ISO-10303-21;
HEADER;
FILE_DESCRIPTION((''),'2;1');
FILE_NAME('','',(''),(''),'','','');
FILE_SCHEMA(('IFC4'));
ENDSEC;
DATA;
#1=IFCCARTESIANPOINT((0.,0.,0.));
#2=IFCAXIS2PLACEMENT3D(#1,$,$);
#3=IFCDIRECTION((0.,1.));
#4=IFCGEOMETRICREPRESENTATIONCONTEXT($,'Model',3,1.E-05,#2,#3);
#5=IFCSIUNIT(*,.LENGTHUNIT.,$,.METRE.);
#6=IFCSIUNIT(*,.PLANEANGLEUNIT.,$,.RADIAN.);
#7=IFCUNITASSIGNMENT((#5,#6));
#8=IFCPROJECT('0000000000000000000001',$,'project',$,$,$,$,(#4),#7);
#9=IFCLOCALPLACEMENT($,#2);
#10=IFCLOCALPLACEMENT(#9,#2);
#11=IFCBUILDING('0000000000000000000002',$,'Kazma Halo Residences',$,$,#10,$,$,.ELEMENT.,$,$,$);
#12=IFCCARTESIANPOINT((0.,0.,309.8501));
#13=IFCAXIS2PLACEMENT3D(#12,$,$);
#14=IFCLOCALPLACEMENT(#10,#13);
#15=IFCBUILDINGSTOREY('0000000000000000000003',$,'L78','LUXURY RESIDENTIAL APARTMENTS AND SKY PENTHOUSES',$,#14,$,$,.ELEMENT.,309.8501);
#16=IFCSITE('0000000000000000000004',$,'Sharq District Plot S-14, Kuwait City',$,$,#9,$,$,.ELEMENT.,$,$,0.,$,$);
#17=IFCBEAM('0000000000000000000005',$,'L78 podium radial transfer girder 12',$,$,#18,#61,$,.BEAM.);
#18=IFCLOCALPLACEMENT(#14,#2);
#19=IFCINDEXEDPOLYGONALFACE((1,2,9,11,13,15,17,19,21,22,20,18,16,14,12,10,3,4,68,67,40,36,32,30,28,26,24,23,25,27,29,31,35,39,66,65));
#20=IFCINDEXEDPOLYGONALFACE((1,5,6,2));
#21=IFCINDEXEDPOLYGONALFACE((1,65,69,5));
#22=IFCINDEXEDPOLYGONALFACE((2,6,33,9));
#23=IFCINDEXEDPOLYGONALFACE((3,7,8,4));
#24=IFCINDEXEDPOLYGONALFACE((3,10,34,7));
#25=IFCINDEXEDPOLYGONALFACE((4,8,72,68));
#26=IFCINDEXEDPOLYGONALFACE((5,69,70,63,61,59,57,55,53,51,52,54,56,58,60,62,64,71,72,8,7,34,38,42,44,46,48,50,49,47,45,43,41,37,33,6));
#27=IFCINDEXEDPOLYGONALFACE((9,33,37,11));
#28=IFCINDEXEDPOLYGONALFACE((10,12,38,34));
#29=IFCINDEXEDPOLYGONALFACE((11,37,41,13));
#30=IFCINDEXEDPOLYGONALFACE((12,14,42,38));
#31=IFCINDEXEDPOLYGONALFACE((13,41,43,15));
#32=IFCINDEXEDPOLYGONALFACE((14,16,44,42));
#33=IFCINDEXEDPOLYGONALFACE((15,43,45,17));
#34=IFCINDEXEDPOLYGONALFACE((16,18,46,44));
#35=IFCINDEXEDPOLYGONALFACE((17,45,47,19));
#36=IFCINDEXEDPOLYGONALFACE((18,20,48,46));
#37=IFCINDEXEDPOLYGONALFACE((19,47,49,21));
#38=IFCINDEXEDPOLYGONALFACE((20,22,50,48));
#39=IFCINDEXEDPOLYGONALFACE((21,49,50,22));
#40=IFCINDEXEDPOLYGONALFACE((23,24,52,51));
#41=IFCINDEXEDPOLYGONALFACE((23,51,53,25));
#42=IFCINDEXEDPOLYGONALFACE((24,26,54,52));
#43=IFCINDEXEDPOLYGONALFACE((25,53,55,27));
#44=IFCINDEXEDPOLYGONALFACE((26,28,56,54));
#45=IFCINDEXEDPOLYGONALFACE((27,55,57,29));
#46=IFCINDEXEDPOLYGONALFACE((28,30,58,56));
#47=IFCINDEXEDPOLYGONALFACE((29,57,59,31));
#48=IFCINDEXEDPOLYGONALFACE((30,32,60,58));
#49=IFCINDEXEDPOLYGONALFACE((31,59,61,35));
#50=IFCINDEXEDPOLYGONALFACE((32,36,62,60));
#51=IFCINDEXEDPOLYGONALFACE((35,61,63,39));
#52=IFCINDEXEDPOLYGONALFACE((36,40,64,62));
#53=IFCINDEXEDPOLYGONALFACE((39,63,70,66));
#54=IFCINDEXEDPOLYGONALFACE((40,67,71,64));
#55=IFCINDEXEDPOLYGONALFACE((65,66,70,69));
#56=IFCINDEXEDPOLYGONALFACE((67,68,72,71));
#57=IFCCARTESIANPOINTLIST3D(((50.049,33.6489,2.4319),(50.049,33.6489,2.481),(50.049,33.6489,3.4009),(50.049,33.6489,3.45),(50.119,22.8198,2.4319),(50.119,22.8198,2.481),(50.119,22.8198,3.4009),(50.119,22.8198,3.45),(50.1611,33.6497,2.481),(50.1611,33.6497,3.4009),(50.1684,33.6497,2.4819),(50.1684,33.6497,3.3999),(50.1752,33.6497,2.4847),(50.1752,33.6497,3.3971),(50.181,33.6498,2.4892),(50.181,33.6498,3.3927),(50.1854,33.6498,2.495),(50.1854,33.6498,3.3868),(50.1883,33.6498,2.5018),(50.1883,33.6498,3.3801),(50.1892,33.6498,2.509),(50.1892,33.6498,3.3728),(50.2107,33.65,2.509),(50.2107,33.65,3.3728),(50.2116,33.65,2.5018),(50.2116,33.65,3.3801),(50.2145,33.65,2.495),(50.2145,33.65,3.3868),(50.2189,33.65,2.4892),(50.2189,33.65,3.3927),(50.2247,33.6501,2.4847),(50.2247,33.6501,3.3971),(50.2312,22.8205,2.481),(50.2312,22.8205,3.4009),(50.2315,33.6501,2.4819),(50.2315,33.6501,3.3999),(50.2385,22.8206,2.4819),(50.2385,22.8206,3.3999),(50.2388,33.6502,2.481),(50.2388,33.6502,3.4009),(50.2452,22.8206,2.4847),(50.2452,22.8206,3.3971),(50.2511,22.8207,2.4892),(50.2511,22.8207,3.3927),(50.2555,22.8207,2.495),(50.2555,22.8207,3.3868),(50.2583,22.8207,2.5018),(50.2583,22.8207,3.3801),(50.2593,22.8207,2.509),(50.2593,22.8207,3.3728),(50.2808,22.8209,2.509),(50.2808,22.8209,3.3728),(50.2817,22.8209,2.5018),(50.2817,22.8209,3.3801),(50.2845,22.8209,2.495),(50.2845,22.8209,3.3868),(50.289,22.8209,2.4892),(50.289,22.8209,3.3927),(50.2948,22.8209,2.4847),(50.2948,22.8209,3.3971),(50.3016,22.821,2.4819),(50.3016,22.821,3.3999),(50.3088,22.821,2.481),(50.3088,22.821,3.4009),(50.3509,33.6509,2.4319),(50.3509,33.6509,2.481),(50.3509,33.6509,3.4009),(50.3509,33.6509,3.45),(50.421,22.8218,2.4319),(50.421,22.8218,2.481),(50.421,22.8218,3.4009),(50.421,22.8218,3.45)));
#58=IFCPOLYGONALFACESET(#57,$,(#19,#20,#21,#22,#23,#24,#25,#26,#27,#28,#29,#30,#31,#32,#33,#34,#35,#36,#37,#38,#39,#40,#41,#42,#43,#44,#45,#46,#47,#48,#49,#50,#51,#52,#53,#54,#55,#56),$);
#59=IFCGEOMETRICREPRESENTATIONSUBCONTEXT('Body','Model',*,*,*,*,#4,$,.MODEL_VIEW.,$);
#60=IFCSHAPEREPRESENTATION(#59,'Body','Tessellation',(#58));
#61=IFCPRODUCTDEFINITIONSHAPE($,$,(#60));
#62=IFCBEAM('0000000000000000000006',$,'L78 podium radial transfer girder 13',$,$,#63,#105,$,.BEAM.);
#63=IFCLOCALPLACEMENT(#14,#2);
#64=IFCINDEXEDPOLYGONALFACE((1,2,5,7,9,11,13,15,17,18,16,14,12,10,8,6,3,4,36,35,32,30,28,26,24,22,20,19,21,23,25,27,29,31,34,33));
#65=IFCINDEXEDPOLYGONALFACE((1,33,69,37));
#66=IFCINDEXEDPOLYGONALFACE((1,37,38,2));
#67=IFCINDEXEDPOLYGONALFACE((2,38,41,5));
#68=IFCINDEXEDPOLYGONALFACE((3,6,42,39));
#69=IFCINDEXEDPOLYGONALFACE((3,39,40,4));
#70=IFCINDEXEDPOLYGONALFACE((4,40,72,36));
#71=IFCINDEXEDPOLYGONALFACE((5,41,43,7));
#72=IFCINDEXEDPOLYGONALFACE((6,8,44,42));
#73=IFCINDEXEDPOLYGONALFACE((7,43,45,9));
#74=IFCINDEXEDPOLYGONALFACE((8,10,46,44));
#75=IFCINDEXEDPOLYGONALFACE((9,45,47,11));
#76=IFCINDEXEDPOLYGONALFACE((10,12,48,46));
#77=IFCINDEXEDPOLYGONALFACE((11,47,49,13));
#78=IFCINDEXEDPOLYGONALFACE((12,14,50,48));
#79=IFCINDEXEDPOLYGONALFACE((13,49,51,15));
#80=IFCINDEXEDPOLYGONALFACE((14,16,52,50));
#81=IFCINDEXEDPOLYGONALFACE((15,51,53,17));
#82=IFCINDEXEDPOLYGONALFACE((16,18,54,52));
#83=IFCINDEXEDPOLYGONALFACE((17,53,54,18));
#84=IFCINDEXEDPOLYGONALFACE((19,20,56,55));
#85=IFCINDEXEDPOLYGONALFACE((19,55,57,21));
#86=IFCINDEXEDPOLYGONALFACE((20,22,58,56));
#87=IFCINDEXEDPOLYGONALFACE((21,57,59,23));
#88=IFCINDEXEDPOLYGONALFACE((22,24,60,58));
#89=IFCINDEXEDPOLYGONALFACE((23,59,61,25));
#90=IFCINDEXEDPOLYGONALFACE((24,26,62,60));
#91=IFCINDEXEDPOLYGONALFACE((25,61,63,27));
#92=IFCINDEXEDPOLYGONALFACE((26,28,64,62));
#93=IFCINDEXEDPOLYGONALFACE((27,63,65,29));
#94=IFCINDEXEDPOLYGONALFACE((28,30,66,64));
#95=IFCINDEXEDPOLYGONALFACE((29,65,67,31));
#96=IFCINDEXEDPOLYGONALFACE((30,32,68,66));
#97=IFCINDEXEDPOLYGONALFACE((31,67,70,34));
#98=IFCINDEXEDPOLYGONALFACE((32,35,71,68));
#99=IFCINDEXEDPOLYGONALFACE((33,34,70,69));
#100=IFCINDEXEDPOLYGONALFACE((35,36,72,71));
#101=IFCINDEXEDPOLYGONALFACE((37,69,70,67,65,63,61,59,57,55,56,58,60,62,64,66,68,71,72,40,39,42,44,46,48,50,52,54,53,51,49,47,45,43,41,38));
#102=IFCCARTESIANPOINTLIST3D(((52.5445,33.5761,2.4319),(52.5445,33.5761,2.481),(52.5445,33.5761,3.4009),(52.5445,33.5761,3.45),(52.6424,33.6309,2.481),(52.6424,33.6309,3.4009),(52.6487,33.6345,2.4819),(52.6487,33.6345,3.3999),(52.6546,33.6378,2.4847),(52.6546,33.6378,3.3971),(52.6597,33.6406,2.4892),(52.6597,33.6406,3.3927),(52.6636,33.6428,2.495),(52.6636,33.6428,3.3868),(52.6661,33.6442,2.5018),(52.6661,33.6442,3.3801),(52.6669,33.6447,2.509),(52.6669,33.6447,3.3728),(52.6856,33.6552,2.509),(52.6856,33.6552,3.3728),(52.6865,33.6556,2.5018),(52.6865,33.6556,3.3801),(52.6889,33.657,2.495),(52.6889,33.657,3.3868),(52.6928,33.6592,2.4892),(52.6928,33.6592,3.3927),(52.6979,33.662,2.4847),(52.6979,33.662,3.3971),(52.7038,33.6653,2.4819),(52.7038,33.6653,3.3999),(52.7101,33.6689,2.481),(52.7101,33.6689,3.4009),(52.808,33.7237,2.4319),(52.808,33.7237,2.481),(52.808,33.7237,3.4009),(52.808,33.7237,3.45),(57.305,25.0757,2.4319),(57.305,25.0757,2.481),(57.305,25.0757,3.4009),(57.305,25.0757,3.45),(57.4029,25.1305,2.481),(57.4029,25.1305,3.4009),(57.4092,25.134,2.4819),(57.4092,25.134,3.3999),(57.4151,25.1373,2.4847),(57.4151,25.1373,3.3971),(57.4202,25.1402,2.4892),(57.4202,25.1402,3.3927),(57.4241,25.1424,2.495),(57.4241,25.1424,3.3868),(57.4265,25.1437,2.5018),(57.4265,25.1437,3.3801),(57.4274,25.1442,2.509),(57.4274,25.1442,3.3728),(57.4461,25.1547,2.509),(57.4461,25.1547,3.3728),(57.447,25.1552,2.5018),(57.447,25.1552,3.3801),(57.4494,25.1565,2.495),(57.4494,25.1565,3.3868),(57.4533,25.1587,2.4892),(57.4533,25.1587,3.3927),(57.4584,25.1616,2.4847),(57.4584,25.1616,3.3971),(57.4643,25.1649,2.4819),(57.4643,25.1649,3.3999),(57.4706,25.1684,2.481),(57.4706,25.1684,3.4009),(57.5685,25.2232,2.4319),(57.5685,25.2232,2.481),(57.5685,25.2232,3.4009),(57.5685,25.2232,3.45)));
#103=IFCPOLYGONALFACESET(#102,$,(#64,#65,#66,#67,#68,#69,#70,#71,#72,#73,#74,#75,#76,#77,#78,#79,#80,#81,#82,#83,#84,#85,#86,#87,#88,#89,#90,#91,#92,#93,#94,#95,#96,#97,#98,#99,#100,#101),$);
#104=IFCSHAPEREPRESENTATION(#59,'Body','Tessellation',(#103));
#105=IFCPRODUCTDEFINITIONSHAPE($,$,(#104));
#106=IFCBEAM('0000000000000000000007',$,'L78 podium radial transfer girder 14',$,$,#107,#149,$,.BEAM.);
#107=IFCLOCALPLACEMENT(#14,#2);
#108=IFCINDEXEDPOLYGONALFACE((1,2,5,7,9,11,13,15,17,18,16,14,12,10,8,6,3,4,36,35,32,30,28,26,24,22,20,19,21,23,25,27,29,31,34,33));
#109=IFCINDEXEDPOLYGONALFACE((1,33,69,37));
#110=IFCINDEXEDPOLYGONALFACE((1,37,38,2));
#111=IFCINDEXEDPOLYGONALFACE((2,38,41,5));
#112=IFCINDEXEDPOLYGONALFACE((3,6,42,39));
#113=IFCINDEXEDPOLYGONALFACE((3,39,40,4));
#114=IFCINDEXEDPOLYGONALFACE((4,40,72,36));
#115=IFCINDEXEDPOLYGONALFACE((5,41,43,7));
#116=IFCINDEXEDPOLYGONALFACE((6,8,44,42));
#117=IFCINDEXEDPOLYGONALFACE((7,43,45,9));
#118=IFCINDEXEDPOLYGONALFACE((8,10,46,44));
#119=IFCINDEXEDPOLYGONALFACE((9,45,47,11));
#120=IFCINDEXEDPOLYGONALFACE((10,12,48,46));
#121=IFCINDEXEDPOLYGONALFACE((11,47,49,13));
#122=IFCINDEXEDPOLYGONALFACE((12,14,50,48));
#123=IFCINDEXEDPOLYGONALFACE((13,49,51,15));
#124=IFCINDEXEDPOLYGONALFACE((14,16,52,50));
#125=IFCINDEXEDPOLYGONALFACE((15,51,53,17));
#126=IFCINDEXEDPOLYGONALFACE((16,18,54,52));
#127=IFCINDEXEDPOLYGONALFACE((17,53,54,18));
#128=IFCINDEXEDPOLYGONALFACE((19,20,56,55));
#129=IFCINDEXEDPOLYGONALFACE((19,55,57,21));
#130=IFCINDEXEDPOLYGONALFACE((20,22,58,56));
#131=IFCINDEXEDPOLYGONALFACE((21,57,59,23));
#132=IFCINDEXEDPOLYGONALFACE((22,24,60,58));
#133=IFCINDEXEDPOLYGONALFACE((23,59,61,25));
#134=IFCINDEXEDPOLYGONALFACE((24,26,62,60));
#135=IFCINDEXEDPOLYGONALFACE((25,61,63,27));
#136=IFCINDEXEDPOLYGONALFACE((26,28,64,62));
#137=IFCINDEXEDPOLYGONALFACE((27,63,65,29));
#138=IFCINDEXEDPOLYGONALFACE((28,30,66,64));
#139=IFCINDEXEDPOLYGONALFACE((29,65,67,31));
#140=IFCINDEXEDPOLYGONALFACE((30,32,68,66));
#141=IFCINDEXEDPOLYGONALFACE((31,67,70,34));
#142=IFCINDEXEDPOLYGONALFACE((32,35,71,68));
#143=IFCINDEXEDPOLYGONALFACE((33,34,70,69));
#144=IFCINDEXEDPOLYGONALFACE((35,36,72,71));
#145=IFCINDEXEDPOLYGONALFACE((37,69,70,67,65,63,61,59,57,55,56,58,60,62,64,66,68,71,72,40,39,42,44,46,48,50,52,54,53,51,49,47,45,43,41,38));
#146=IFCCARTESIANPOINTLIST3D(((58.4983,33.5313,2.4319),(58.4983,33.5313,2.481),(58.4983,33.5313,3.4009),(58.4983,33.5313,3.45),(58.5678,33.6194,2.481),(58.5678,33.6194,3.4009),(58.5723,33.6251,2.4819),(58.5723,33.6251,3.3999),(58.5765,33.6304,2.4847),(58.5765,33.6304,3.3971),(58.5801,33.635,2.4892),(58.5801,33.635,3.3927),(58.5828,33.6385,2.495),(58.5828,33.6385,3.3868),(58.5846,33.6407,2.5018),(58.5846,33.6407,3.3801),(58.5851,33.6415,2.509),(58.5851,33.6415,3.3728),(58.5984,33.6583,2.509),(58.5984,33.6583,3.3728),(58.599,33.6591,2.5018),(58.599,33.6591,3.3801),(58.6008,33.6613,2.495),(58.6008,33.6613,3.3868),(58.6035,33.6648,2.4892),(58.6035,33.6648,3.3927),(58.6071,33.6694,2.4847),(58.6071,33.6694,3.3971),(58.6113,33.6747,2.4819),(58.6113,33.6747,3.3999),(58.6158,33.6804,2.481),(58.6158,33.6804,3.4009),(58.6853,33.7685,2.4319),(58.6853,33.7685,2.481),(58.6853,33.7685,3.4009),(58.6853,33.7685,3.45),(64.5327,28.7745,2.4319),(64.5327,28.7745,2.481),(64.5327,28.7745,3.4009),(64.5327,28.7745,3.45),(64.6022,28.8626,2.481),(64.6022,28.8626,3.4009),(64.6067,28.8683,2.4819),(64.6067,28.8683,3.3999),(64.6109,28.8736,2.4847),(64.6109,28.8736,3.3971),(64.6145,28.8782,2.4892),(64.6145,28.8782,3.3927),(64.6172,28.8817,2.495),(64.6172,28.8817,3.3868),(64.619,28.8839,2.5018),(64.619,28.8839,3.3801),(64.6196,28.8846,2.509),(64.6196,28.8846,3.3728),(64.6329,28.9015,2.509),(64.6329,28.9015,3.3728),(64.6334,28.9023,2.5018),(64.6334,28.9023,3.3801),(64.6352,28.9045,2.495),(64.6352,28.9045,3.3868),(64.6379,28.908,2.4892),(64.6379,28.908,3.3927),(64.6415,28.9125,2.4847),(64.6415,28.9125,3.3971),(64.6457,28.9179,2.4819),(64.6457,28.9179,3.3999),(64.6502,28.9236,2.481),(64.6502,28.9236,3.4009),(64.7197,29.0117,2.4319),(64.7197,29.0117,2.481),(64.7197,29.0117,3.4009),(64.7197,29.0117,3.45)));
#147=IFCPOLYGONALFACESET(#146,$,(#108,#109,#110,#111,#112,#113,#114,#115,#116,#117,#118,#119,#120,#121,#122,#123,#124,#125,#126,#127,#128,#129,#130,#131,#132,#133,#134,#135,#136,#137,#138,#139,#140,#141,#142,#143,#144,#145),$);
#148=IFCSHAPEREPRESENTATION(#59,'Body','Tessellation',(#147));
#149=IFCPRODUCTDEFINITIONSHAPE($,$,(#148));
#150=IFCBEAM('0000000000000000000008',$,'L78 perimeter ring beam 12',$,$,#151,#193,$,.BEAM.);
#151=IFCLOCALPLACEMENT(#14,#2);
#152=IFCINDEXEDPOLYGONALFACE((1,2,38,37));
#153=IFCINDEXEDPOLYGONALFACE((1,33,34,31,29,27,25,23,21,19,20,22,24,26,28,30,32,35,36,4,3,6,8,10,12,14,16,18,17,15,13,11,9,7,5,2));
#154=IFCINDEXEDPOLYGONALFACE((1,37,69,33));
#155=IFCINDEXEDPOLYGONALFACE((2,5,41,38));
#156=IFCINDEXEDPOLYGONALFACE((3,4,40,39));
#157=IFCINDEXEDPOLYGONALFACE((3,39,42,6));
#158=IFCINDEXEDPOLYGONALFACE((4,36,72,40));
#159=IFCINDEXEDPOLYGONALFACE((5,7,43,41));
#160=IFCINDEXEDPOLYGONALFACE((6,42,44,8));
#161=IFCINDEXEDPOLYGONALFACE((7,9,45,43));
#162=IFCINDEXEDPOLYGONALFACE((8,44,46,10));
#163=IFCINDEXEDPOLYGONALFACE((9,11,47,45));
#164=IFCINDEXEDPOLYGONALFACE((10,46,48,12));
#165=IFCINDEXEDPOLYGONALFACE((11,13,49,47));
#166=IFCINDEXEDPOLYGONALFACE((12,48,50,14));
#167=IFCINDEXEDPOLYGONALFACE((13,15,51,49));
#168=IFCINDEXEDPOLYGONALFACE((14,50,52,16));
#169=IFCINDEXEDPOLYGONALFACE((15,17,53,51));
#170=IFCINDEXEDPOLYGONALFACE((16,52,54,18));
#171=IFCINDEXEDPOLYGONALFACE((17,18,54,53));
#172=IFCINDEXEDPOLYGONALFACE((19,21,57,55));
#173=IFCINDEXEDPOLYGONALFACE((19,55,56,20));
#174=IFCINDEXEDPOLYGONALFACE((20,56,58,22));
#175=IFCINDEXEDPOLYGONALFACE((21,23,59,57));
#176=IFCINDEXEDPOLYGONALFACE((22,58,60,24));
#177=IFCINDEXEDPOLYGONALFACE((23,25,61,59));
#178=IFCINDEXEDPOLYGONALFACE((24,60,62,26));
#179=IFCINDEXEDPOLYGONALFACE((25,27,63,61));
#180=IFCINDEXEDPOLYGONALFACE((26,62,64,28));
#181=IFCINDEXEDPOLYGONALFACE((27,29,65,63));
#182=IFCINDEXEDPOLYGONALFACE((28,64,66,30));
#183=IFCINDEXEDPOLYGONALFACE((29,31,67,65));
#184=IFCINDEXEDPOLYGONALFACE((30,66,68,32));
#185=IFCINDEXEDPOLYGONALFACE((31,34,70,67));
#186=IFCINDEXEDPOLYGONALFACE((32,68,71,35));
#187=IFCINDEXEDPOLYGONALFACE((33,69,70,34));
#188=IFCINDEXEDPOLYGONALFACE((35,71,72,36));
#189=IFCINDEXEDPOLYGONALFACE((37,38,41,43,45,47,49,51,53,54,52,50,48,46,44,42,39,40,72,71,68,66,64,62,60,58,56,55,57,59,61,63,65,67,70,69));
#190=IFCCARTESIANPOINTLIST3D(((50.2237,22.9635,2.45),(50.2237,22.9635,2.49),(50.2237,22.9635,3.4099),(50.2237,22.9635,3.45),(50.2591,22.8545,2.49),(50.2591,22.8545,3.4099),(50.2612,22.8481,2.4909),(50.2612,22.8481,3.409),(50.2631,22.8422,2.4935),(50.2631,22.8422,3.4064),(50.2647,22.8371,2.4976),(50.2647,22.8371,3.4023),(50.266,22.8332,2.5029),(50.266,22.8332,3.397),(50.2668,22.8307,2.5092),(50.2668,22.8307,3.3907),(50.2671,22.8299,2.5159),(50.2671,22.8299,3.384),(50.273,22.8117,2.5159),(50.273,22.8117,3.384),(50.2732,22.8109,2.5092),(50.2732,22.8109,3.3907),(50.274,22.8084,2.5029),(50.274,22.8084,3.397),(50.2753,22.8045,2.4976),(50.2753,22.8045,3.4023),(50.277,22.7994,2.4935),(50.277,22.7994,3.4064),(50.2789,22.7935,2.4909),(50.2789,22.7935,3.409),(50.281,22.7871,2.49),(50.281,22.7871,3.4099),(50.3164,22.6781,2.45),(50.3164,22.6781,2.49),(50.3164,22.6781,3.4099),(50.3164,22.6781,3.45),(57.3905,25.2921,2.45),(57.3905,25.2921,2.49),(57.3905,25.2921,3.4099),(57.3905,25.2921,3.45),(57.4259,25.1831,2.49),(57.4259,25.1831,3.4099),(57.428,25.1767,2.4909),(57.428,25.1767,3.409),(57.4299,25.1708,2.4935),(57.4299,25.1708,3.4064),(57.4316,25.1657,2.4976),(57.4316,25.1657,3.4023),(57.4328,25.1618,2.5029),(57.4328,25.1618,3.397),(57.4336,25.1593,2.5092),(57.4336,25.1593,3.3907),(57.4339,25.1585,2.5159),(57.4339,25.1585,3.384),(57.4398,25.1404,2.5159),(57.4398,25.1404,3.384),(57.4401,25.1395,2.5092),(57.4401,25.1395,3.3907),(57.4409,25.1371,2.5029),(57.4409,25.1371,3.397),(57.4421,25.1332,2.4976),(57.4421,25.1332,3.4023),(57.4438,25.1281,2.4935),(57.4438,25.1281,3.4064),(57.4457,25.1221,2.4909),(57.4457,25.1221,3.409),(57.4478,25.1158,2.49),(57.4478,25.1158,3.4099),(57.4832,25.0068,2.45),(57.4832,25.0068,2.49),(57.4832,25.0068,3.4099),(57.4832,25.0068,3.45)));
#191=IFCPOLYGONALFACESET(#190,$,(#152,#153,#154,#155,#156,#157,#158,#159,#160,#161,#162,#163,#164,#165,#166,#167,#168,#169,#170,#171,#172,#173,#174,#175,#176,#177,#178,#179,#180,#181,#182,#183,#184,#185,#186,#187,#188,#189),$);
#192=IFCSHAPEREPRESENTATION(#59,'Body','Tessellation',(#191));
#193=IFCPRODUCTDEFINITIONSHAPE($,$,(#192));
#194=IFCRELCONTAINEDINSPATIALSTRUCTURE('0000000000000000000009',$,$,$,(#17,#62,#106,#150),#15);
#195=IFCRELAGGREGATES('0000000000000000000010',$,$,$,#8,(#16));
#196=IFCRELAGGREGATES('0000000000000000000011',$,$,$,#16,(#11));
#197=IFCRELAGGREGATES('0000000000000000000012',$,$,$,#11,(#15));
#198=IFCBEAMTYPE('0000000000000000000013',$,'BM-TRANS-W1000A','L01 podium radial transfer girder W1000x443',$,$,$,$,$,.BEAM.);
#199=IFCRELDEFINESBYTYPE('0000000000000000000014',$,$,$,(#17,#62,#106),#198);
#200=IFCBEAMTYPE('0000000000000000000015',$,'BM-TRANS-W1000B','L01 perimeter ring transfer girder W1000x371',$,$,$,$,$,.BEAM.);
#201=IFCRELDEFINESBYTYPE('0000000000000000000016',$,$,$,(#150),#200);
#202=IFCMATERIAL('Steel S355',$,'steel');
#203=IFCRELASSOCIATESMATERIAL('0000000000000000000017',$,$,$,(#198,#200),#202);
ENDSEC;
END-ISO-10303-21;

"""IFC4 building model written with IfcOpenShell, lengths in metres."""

from ifc_helpers import new_model, si_unit, direction, frame, origin, origin_2d, place, context, subcontext, project, spatial, i_section, extrude, material, material_profile, profile_set, type_object, element, save


model = new_model("IFC4")

# Units and contexts
model_context = context("Model", 3, precision=1e-05, world=origin(), true_north=direction((0.0, 1.0)))
body_context = subcontext(model_context, "Body", "Model", "MODEL_VIEW")
ifc_project = project(units=[si_unit("LENGTHUNIT", "METRE"), si_unit("PLANEANGLEUNIT", "RADIAN")], contexts=[model_context])

# Site, building, storey
site_placement = place(None, origin())
site = spatial("IfcSite", under=ifc_project, at=site_placement, Name="Sharq District Plot S-14, Kuwait City", CompositionType="ELEMENT", RefElevation=0.0)
building_placement = place(site_placement, origin())
building = spatial("IfcBuilding", under=site, at=building_placement, Name="Kazma Halo Residences", CompositionType="ELEMENT")
storey_placement = place(building_placement, frame((0.0, 0.0, 309.8501)))
storey = spatial("IfcBuildingStorey", under=building, at=storey_placement, Name="L78", Description="LUXURY RESIDENTIAL APARTMENTS AND SKY PENTHOUSES", CompositionType="ELEMENT", Elevation=309.8501)

# Beams
ifc_material_1 = material(Name="Steel S355", Category="steel")
ifc_material_profile_1 = material_profile(ifc_material_1, i_section(OverallWidth=0.302, OverallDepth=1.0181, WebThickness=0.0215, FlangeThickness=0.0491, FilletRadius=0.0281, at=origin_2d()), Name="W1000x443")
ifc_profile_set_1 = profile_set([ifc_material_profile_1], Name="Steel S355")
beam_type_1 = type_object("IfcBeamType", Name="BM-TRANS-W1000A", Description="L01 podium radial transfer girder W1000x443", PredefinedType="BEAM", material=ifc_profile_set_1)
beam_1_placement = place(storey_placement, frame((50.2, 33.6499, 2.9409), z_axis=(0.00647, -0.999979, 0.0), x_axis=(0.999979, 0.00647, 0.0)))
element("IfcBeam", 1, at=beam_1_placement, inside=storey, type_object=beam_type_1, Name="L78 podium radial transfer girder 12", PredefinedType="BEAM", context=body_context, shape_type="SweptSolid", body=[
    extrude(i_section(OverallWidth=0.302, OverallDepth=1.0181, WebThickness=0.0215, FlangeThickness=0.0491, FilletRadius=0.0281, at=origin_2d()), origin(), (0.0, 0.0, 1.0), 10.8293),
])
beam_2_placement = place(storey_placement, frame((52.6763, 33.6499, 2.9409), z_axis=(0.488621, -0.872496, 0.0), x_axis=(0.872496, 0.488621, 0.0)))
element("IfcBeam", 2, at=beam_2_placement, inside=storey, type_object=beam_type_1, Name="L78 podium radial transfer girder 13", PredefinedType="BEAM", context=body_context, shape_type="SweptSolid", body=[
    extrude(i_section(OverallWidth=0.302, OverallDepth=1.0181, WebThickness=0.0215, FlangeThickness=0.0491, FilletRadius=0.0281, at=origin_2d()), origin(), (0.0, 0.0, 1.0), 9.7427),
])
beam_3_placement = place(storey_placement, frame((58.5918, 33.6499, 2.9409), z_axis=(0.785337, -0.619068, 0.0), x_axis=(0.619068, 0.785337, 0.0)))
element("IfcBeam", 3, at=beam_3_placement, inside=storey, type_object=beam_type_1, Name="L78 podium radial transfer girder 14", PredefinedType="BEAM", context=body_context, shape_type="SweptSolid", body=[
    extrude(i_section(OverallWidth=0.302, OverallDepth=1.0181, WebThickness=0.0215, FlangeThickness=0.0491, FilletRadius=0.0281, at=origin_2d()), origin(), (0.0, 0.0, 1.0), 7.6838),
])
ifc_material_profile_2 = material_profile(ifc_material_1, i_section(OverallWidth=0.3, OverallDepth=1.0, WebThickness=0.019, FlangeThickness=0.04, FilletRadius=0.0259, at=origin_2d()), Name="W1000x371")
ifc_profile_set_2 = profile_set([ifc_material_profile_2], Name="Steel S355")
beam_type_2 = type_object("IfcBeamType", Name="BM-TRANS-W1000B", Description="L01 perimeter ring transfer girder W1000x371", PredefinedType="BEAM", material=ifc_profile_set_2)
beam_4_placement = place(storey_placement, frame((50.27, 22.8208, 2.95), z_axis=(0.951057, 0.309016, 0.0), x_axis=(-0.309016, 0.951057, 0.0)))
element("IfcBeam", 4, at=beam_4_placement, inside=storey, type_object=beam_type_2, Name="L78 perimeter ring beam 12", PredefinedType="BEAM", context=body_context, shape_type="SweptSolid", body=[
    extrude(i_section(OverallWidth=0.3, OverallDepth=1.0, WebThickness=0.019, FlangeThickness=0.04, FilletRadius=0.0259, at=origin_2d()), origin(), (0.0, 0.0, 1.0), 7.5356),
])

save(model, "model.ifc")
